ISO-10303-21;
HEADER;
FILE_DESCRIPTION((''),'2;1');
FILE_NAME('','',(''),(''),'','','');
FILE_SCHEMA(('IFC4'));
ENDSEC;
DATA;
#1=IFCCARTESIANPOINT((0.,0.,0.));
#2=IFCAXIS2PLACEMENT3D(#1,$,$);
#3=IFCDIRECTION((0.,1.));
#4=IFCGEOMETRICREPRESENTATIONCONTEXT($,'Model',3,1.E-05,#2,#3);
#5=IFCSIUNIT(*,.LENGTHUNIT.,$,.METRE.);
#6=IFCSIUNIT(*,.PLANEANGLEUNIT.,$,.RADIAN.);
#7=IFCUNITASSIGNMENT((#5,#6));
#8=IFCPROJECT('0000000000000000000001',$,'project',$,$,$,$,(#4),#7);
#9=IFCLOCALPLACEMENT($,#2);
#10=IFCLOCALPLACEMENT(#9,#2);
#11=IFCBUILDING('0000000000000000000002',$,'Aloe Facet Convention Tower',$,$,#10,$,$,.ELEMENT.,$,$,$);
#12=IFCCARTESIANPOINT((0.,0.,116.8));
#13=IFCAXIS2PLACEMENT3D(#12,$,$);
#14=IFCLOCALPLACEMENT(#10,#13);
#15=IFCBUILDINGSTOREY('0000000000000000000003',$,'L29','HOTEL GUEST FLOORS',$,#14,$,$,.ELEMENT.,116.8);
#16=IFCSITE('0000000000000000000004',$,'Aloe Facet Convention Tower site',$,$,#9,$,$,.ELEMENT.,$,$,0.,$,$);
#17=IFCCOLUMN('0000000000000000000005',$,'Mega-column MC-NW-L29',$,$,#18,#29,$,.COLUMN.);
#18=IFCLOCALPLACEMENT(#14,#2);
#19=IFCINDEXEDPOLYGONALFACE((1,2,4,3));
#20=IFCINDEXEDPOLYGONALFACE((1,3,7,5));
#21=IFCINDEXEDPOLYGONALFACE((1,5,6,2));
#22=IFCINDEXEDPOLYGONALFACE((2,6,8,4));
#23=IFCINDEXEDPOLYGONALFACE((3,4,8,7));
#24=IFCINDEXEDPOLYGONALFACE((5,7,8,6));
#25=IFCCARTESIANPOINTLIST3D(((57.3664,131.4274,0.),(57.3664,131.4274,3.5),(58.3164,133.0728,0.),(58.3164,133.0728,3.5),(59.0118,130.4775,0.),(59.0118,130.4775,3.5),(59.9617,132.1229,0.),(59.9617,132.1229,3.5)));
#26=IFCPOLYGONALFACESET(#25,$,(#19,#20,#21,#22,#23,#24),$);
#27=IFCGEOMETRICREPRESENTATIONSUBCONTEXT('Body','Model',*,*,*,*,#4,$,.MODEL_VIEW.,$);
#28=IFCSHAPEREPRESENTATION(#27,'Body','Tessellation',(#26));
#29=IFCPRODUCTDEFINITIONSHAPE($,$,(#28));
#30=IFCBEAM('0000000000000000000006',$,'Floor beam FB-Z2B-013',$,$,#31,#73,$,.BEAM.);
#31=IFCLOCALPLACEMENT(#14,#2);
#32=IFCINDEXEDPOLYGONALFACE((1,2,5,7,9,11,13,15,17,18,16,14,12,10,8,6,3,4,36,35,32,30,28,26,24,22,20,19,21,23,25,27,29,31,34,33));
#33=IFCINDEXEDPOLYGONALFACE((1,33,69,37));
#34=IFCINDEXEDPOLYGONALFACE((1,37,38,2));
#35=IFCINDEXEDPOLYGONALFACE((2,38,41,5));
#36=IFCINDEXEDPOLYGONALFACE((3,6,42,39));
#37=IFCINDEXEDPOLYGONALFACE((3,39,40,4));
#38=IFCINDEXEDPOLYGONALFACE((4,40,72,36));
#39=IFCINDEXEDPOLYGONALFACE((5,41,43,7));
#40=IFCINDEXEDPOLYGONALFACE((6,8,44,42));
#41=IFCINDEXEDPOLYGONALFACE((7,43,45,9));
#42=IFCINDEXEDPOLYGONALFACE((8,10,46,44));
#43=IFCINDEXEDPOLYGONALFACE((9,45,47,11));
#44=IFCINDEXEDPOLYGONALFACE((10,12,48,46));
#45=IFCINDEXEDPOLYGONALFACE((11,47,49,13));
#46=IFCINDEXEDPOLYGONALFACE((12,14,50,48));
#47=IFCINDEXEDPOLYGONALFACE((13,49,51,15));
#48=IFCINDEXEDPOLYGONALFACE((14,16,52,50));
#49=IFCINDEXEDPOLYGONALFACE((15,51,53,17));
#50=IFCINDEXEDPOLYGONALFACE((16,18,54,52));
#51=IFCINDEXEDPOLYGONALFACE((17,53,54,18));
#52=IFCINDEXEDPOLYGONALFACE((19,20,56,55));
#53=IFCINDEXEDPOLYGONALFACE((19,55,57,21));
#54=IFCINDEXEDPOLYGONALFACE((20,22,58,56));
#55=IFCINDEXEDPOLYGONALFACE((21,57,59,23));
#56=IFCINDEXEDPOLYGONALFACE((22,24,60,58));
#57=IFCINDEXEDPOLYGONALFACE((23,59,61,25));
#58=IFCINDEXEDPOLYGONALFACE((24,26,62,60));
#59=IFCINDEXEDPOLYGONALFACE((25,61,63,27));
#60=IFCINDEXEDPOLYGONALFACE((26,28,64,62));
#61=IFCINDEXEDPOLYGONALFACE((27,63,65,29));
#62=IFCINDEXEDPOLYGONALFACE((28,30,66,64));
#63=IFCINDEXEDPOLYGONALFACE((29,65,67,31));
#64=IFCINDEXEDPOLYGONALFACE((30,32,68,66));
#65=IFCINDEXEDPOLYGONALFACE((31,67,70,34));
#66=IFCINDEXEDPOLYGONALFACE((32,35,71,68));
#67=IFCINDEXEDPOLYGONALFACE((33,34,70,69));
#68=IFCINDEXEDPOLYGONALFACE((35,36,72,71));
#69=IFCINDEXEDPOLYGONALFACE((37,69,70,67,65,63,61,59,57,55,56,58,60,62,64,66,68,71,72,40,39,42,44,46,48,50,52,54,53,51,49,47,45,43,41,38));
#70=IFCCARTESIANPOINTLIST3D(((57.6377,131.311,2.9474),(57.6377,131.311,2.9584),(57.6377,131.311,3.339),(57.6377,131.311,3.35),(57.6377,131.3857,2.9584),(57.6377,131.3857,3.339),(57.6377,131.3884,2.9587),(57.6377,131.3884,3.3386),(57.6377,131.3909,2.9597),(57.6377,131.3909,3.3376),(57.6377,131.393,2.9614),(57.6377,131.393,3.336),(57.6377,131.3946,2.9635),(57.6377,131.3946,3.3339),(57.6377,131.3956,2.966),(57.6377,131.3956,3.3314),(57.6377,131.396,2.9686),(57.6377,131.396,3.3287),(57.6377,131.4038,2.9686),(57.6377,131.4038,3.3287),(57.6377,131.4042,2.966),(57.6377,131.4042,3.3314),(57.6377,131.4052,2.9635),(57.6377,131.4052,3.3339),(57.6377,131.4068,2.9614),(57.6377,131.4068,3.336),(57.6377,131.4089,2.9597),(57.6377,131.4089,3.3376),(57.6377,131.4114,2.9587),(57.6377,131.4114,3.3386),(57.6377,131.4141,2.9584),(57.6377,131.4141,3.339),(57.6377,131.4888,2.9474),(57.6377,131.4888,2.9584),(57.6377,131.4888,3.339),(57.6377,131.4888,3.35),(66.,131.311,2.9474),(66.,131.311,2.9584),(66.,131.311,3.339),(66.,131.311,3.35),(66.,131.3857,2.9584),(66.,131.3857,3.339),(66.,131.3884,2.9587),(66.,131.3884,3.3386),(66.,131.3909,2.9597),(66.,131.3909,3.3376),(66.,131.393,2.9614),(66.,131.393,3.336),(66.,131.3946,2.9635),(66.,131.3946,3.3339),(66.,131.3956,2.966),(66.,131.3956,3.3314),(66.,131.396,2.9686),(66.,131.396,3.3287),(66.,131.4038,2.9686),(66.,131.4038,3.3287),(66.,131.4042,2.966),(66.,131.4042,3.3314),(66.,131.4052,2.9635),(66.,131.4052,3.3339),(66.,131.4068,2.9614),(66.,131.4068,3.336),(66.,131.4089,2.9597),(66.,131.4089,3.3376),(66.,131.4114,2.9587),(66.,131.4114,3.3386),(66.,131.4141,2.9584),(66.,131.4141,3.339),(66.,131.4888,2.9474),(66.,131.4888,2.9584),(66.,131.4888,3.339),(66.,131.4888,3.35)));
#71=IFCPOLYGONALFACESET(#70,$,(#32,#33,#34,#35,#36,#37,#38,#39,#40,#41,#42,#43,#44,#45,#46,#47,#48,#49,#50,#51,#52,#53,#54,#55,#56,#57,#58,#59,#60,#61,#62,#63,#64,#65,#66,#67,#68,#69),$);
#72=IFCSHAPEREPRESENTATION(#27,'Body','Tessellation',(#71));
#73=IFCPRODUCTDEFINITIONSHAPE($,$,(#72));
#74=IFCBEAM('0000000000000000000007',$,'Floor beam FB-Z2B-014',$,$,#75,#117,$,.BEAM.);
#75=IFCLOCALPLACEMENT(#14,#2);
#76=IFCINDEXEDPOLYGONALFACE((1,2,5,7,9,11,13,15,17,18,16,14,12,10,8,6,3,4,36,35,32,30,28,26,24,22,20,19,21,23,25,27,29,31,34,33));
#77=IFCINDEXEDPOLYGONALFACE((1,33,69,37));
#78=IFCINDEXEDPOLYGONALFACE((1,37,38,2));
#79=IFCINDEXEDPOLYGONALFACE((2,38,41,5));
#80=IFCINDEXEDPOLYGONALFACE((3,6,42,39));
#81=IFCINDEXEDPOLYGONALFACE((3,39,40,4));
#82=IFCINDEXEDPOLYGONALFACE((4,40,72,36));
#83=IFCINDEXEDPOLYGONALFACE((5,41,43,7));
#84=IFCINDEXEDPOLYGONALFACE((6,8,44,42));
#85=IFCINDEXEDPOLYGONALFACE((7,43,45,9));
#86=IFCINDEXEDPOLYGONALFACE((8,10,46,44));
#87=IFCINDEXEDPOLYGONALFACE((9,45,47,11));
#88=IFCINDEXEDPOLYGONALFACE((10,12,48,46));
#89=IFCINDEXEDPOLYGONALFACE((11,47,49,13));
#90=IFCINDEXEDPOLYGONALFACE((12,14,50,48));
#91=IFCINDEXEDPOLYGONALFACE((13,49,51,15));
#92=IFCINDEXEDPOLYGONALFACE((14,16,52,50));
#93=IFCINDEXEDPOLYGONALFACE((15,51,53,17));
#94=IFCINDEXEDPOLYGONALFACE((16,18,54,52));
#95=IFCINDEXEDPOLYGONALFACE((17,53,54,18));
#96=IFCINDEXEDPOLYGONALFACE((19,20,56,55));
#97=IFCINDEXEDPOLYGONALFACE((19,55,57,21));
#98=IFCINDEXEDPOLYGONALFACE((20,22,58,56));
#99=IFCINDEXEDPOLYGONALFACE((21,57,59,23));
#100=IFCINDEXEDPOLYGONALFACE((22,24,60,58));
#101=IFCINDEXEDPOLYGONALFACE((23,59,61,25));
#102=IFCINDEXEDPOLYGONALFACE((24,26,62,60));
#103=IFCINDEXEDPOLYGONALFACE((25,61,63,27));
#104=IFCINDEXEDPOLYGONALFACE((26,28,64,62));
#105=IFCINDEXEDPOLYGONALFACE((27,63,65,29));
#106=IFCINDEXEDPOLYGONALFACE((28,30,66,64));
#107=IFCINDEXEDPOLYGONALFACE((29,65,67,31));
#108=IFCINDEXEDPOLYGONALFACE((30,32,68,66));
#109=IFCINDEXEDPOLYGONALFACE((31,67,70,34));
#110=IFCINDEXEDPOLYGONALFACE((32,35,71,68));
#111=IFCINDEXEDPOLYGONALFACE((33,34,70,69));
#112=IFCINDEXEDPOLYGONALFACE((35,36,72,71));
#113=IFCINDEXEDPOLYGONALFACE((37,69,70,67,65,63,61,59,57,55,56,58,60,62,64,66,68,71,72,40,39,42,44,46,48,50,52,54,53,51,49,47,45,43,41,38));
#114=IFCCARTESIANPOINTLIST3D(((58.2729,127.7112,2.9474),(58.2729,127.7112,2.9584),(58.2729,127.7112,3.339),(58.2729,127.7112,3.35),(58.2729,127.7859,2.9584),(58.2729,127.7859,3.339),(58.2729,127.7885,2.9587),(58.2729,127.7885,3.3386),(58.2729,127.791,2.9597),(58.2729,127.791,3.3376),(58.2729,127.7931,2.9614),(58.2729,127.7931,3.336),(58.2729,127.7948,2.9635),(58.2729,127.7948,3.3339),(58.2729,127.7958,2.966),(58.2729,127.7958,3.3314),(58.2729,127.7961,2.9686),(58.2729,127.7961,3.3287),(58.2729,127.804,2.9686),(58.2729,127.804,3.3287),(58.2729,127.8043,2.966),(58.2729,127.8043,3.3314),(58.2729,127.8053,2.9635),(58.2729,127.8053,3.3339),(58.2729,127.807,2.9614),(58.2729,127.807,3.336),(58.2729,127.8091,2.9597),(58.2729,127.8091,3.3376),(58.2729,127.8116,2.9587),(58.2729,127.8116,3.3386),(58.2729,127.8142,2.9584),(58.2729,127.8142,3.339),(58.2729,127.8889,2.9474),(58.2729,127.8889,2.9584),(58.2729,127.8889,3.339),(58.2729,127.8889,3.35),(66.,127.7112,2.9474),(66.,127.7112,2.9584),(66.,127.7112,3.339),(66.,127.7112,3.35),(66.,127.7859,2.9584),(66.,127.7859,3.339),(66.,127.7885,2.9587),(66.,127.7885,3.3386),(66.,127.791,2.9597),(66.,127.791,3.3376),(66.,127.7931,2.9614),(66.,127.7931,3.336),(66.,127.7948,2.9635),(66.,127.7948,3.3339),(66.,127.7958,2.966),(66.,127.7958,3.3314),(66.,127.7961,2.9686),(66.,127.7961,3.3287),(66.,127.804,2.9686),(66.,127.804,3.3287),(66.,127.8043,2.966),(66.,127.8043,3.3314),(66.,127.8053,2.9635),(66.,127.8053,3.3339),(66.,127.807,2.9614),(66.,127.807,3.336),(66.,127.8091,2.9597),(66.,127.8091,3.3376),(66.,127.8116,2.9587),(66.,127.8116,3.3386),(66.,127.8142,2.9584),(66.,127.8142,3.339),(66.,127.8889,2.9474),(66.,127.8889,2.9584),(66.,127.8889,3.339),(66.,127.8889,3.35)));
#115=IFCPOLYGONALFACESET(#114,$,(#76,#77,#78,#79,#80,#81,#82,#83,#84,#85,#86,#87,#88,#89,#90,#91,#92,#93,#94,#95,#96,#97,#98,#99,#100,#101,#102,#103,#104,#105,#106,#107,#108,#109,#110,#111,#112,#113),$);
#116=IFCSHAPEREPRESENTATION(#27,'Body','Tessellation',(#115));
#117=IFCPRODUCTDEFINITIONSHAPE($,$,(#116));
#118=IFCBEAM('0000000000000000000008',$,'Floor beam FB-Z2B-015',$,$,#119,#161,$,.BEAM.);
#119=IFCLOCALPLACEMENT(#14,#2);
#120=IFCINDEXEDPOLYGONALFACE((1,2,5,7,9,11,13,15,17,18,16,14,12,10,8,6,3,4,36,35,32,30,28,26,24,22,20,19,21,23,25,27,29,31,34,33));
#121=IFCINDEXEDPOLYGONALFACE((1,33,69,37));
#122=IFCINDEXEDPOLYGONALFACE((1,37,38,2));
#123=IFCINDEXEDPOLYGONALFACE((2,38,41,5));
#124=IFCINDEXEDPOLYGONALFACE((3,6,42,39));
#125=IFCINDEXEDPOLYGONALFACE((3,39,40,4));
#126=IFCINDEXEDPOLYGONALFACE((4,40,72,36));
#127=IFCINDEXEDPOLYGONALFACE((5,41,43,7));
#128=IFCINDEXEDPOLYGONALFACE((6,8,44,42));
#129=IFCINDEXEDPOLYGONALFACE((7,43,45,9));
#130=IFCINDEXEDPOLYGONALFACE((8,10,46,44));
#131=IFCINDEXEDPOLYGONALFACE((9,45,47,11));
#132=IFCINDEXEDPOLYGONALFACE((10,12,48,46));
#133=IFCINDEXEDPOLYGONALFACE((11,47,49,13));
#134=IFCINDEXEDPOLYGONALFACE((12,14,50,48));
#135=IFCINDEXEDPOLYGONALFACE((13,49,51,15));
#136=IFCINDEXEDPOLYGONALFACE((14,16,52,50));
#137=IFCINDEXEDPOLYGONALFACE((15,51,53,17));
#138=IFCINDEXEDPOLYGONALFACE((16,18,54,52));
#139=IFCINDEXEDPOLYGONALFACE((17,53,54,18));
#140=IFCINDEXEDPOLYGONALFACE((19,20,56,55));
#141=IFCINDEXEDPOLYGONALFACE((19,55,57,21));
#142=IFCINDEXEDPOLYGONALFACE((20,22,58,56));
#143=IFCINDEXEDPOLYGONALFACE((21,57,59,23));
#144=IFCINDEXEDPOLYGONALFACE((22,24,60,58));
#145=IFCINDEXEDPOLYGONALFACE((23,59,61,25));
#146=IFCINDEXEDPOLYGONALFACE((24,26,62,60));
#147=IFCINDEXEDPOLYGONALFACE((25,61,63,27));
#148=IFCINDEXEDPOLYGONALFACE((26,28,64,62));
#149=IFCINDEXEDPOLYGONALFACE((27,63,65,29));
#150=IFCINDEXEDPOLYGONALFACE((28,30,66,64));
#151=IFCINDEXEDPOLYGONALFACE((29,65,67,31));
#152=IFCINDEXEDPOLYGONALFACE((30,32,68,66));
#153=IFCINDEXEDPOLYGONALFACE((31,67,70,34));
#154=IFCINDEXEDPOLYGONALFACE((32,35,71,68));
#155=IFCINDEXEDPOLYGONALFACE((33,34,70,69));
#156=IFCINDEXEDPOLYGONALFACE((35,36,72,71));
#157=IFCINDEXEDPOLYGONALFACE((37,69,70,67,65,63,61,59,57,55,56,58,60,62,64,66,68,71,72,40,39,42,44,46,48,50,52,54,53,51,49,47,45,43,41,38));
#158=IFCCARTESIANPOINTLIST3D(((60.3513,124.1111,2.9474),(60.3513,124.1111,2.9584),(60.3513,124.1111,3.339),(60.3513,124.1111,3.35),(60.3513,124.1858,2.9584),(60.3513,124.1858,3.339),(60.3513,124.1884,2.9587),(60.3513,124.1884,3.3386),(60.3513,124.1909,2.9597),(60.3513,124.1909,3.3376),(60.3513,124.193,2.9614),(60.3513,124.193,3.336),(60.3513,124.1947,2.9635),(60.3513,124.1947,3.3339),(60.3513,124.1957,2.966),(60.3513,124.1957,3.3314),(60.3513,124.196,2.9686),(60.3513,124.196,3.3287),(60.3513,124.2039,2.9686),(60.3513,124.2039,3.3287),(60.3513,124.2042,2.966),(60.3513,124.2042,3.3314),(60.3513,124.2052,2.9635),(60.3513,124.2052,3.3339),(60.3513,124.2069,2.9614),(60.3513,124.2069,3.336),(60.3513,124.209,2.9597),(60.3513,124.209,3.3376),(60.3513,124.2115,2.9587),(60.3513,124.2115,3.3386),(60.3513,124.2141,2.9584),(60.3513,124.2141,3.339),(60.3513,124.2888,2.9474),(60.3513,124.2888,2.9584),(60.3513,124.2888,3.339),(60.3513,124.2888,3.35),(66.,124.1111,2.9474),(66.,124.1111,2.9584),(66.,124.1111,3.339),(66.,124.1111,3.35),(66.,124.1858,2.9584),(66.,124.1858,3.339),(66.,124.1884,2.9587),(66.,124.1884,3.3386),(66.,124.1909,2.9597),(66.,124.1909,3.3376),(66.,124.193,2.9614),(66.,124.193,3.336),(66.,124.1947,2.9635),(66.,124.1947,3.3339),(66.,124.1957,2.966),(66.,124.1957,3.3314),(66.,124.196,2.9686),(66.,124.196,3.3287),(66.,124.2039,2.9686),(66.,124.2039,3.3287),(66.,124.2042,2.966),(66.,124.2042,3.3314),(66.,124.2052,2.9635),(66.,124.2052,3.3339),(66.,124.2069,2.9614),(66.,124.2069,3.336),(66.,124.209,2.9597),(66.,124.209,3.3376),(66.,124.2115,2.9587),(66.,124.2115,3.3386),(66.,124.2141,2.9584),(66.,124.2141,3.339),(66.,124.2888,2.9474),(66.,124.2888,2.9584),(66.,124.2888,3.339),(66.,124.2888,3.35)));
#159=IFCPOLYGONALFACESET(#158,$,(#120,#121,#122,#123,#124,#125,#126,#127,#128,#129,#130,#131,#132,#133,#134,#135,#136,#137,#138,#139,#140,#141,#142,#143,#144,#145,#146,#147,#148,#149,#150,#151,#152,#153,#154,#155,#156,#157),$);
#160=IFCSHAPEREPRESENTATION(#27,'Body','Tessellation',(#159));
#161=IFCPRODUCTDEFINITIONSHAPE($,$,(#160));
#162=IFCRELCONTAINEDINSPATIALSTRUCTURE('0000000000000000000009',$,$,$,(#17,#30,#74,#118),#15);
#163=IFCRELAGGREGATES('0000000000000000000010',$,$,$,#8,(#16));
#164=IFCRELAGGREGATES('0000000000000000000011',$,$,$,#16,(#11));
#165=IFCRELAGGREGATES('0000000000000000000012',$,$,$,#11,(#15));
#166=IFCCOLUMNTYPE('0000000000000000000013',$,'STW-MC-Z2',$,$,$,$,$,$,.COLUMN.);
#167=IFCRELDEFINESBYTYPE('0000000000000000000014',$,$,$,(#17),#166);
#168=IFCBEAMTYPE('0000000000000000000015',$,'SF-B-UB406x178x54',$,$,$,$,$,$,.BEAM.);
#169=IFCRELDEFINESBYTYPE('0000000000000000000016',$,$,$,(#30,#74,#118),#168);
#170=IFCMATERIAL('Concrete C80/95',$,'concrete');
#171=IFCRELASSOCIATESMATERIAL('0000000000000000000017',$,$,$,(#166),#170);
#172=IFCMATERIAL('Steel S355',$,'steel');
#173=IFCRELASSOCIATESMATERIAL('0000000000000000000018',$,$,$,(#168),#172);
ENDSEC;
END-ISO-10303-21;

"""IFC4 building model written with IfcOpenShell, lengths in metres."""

from ifc_helpers import new_model, si_unit, direction, frame, origin, origin_2d, place, context, subcontext, project, spatial, rectangle, i_section, extrude, material, material_profile, profile_set, type_object, element, save


model = new_model("IFC4")

# Units and contexts
model_context = context("Model", 3, precision=1e-05, world=origin(), true_north=direction((0.0, 1.0)))
body_context = subcontext(model_context, "Body", "Model", "MODEL_VIEW")
ifc_project = project(units=[si_unit("LENGTHUNIT", "METRE"), si_unit("PLANEANGLEUNIT", "RADIAN")], contexts=[model_context])

# Site, building, storey
site_placement = place(None, origin())
site = spatial("IfcSite", under=ifc_project, at=site_placement, Name="Aloe Facet Convention Tower site", CompositionType="ELEMENT", RefElevation=0.0)
building_placement = place(site_placement, origin())
building = spatial("IfcBuilding", under=site, at=building_placement, Name="Aloe Facet Convention Tower", CompositionType="ELEMENT")
storey_placement = place(building_placement, frame((0.0, 0.0, 116.8)))
storey = spatial("IfcBuildingStorey", under=building, at=storey_placement, Name="L29", Description="HOTEL GUEST FLOORS", CompositionType="ELEMENT", Elevation=116.8)

# Column
ifc_material_1 = material(Name="Concrete C80/95", Category="concrete")
ifc_material_profile_1 = material_profile(ifc_material_1, rectangle(XDim=1.8999, YDim=1.8999, at=origin_2d()), Name="STW-MC-Z2")
ifc_profile_set_1 = profile_set([ifc_material_profile_1], Name="Concrete C80/95")
column_type = type_object("IfcColumnType", Name="STW-MC-Z2", PredefinedType="COLUMN", material=ifc_profile_set_1)
column_placement = place(storey_placement, frame((58.6641, 131.7751, 0.0), z_axis=(0.0, 0.0, 1.0), x_axis=(-0.5, -0.866025, 0.0)))
element("IfcColumn", 1, at=column_placement, inside=storey, type_object=column_type, Name="Mega-column MC-NW-L29", PredefinedType="COLUMN", context=body_context, shape_type="SweptSolid", body=[
    extrude(rectangle(XDim=1.8999, YDim=1.8999, at=origin_2d()), origin(), (0.0, 0.0, 1.0), 3.5),
])

# Beams
ifc_material_2 = material(Name="Steel S355", Category="steel")
ifc_material_profile_2 = material_profile(ifc_material_2, i_section(OverallWidth=0.1777, OverallDepth=0.4026, WebThickness=0.0078, FlangeThickness=0.011, FilletRadius=0.0103, at=origin_2d()), Name="UB 406x178x54")
ifc_profile_set_2 = profile_set([ifc_material_profile_2], Name="Steel S355")
beam_type_1 = type_object("IfcBeamType", Name="SF-B-UB406x178x54", PredefinedType="BEAM", material=ifc_profile_set_2)
beam_1_placement = place(storey_placement, frame((57.6377, 131.3999, 3.1487), z_axis=(1.0, 0.0, 0.0), x_axis=(0.0, 1.0, 0.0)))
element("IfcBeam", 2, at=beam_1_placement, inside=storey, type_object=beam_type_1, Name="Floor beam FB-Z2B-013", PredefinedType="BEAM", context=body_context, shape_type="SweptSolid", body=[
    extrude(i_section(OverallWidth=0.1777, OverallDepth=0.4026, WebThickness=0.0078, FlangeThickness=0.011, FilletRadius=0.0103, at=origin_2d()), origin(), (0.0, 0.0, 1.0), 8.3623),
])
beam_2_placement = place(storey_placement, frame((58.2729, 127.8, 3.1487), z_axis=(1.0, 0.0, 0.0), x_axis=(0.0, 1.0, 0.0)))
element("IfcBeam", 3, at=beam_2_placement, inside=storey, type_object=beam_type_1, Name="Floor beam FB-Z2B-014", PredefinedType="BEAM", context=body_context, shape_type="SweptSolid", body=[
    extrude(i_section(OverallWidth=0.1777, OverallDepth=0.4026, WebThickness=0.0078, FlangeThickness=0.011, FilletRadius=0.0103, at=origin_2d()), origin(), (0.0, 0.0, 1.0), 7.7271),
])
beam_3_placement = place(storey_placement, frame((60.3513, 124.2, 3.1487), z_axis=(1.0, 0.0, 0.0), x_axis=(0.0, 1.0, 0.0)))
element("IfcBeam", 4, at=beam_3_placement, inside=storey, type_object=beam_type_1, Name="Floor beam FB-Z2B-015", PredefinedType="BEAM", context=body_context, shape_type="SweptSolid", body=[
    extrude(i_section(OverallWidth=0.1777, OverallDepth=0.4026, WebThickness=0.0078, FlangeThickness=0.011, FilletRadius=0.0103, at=origin_2d()), origin(), (0.0, 0.0, 1.0), 5.6487),
])

save(model, "model.ifc")
